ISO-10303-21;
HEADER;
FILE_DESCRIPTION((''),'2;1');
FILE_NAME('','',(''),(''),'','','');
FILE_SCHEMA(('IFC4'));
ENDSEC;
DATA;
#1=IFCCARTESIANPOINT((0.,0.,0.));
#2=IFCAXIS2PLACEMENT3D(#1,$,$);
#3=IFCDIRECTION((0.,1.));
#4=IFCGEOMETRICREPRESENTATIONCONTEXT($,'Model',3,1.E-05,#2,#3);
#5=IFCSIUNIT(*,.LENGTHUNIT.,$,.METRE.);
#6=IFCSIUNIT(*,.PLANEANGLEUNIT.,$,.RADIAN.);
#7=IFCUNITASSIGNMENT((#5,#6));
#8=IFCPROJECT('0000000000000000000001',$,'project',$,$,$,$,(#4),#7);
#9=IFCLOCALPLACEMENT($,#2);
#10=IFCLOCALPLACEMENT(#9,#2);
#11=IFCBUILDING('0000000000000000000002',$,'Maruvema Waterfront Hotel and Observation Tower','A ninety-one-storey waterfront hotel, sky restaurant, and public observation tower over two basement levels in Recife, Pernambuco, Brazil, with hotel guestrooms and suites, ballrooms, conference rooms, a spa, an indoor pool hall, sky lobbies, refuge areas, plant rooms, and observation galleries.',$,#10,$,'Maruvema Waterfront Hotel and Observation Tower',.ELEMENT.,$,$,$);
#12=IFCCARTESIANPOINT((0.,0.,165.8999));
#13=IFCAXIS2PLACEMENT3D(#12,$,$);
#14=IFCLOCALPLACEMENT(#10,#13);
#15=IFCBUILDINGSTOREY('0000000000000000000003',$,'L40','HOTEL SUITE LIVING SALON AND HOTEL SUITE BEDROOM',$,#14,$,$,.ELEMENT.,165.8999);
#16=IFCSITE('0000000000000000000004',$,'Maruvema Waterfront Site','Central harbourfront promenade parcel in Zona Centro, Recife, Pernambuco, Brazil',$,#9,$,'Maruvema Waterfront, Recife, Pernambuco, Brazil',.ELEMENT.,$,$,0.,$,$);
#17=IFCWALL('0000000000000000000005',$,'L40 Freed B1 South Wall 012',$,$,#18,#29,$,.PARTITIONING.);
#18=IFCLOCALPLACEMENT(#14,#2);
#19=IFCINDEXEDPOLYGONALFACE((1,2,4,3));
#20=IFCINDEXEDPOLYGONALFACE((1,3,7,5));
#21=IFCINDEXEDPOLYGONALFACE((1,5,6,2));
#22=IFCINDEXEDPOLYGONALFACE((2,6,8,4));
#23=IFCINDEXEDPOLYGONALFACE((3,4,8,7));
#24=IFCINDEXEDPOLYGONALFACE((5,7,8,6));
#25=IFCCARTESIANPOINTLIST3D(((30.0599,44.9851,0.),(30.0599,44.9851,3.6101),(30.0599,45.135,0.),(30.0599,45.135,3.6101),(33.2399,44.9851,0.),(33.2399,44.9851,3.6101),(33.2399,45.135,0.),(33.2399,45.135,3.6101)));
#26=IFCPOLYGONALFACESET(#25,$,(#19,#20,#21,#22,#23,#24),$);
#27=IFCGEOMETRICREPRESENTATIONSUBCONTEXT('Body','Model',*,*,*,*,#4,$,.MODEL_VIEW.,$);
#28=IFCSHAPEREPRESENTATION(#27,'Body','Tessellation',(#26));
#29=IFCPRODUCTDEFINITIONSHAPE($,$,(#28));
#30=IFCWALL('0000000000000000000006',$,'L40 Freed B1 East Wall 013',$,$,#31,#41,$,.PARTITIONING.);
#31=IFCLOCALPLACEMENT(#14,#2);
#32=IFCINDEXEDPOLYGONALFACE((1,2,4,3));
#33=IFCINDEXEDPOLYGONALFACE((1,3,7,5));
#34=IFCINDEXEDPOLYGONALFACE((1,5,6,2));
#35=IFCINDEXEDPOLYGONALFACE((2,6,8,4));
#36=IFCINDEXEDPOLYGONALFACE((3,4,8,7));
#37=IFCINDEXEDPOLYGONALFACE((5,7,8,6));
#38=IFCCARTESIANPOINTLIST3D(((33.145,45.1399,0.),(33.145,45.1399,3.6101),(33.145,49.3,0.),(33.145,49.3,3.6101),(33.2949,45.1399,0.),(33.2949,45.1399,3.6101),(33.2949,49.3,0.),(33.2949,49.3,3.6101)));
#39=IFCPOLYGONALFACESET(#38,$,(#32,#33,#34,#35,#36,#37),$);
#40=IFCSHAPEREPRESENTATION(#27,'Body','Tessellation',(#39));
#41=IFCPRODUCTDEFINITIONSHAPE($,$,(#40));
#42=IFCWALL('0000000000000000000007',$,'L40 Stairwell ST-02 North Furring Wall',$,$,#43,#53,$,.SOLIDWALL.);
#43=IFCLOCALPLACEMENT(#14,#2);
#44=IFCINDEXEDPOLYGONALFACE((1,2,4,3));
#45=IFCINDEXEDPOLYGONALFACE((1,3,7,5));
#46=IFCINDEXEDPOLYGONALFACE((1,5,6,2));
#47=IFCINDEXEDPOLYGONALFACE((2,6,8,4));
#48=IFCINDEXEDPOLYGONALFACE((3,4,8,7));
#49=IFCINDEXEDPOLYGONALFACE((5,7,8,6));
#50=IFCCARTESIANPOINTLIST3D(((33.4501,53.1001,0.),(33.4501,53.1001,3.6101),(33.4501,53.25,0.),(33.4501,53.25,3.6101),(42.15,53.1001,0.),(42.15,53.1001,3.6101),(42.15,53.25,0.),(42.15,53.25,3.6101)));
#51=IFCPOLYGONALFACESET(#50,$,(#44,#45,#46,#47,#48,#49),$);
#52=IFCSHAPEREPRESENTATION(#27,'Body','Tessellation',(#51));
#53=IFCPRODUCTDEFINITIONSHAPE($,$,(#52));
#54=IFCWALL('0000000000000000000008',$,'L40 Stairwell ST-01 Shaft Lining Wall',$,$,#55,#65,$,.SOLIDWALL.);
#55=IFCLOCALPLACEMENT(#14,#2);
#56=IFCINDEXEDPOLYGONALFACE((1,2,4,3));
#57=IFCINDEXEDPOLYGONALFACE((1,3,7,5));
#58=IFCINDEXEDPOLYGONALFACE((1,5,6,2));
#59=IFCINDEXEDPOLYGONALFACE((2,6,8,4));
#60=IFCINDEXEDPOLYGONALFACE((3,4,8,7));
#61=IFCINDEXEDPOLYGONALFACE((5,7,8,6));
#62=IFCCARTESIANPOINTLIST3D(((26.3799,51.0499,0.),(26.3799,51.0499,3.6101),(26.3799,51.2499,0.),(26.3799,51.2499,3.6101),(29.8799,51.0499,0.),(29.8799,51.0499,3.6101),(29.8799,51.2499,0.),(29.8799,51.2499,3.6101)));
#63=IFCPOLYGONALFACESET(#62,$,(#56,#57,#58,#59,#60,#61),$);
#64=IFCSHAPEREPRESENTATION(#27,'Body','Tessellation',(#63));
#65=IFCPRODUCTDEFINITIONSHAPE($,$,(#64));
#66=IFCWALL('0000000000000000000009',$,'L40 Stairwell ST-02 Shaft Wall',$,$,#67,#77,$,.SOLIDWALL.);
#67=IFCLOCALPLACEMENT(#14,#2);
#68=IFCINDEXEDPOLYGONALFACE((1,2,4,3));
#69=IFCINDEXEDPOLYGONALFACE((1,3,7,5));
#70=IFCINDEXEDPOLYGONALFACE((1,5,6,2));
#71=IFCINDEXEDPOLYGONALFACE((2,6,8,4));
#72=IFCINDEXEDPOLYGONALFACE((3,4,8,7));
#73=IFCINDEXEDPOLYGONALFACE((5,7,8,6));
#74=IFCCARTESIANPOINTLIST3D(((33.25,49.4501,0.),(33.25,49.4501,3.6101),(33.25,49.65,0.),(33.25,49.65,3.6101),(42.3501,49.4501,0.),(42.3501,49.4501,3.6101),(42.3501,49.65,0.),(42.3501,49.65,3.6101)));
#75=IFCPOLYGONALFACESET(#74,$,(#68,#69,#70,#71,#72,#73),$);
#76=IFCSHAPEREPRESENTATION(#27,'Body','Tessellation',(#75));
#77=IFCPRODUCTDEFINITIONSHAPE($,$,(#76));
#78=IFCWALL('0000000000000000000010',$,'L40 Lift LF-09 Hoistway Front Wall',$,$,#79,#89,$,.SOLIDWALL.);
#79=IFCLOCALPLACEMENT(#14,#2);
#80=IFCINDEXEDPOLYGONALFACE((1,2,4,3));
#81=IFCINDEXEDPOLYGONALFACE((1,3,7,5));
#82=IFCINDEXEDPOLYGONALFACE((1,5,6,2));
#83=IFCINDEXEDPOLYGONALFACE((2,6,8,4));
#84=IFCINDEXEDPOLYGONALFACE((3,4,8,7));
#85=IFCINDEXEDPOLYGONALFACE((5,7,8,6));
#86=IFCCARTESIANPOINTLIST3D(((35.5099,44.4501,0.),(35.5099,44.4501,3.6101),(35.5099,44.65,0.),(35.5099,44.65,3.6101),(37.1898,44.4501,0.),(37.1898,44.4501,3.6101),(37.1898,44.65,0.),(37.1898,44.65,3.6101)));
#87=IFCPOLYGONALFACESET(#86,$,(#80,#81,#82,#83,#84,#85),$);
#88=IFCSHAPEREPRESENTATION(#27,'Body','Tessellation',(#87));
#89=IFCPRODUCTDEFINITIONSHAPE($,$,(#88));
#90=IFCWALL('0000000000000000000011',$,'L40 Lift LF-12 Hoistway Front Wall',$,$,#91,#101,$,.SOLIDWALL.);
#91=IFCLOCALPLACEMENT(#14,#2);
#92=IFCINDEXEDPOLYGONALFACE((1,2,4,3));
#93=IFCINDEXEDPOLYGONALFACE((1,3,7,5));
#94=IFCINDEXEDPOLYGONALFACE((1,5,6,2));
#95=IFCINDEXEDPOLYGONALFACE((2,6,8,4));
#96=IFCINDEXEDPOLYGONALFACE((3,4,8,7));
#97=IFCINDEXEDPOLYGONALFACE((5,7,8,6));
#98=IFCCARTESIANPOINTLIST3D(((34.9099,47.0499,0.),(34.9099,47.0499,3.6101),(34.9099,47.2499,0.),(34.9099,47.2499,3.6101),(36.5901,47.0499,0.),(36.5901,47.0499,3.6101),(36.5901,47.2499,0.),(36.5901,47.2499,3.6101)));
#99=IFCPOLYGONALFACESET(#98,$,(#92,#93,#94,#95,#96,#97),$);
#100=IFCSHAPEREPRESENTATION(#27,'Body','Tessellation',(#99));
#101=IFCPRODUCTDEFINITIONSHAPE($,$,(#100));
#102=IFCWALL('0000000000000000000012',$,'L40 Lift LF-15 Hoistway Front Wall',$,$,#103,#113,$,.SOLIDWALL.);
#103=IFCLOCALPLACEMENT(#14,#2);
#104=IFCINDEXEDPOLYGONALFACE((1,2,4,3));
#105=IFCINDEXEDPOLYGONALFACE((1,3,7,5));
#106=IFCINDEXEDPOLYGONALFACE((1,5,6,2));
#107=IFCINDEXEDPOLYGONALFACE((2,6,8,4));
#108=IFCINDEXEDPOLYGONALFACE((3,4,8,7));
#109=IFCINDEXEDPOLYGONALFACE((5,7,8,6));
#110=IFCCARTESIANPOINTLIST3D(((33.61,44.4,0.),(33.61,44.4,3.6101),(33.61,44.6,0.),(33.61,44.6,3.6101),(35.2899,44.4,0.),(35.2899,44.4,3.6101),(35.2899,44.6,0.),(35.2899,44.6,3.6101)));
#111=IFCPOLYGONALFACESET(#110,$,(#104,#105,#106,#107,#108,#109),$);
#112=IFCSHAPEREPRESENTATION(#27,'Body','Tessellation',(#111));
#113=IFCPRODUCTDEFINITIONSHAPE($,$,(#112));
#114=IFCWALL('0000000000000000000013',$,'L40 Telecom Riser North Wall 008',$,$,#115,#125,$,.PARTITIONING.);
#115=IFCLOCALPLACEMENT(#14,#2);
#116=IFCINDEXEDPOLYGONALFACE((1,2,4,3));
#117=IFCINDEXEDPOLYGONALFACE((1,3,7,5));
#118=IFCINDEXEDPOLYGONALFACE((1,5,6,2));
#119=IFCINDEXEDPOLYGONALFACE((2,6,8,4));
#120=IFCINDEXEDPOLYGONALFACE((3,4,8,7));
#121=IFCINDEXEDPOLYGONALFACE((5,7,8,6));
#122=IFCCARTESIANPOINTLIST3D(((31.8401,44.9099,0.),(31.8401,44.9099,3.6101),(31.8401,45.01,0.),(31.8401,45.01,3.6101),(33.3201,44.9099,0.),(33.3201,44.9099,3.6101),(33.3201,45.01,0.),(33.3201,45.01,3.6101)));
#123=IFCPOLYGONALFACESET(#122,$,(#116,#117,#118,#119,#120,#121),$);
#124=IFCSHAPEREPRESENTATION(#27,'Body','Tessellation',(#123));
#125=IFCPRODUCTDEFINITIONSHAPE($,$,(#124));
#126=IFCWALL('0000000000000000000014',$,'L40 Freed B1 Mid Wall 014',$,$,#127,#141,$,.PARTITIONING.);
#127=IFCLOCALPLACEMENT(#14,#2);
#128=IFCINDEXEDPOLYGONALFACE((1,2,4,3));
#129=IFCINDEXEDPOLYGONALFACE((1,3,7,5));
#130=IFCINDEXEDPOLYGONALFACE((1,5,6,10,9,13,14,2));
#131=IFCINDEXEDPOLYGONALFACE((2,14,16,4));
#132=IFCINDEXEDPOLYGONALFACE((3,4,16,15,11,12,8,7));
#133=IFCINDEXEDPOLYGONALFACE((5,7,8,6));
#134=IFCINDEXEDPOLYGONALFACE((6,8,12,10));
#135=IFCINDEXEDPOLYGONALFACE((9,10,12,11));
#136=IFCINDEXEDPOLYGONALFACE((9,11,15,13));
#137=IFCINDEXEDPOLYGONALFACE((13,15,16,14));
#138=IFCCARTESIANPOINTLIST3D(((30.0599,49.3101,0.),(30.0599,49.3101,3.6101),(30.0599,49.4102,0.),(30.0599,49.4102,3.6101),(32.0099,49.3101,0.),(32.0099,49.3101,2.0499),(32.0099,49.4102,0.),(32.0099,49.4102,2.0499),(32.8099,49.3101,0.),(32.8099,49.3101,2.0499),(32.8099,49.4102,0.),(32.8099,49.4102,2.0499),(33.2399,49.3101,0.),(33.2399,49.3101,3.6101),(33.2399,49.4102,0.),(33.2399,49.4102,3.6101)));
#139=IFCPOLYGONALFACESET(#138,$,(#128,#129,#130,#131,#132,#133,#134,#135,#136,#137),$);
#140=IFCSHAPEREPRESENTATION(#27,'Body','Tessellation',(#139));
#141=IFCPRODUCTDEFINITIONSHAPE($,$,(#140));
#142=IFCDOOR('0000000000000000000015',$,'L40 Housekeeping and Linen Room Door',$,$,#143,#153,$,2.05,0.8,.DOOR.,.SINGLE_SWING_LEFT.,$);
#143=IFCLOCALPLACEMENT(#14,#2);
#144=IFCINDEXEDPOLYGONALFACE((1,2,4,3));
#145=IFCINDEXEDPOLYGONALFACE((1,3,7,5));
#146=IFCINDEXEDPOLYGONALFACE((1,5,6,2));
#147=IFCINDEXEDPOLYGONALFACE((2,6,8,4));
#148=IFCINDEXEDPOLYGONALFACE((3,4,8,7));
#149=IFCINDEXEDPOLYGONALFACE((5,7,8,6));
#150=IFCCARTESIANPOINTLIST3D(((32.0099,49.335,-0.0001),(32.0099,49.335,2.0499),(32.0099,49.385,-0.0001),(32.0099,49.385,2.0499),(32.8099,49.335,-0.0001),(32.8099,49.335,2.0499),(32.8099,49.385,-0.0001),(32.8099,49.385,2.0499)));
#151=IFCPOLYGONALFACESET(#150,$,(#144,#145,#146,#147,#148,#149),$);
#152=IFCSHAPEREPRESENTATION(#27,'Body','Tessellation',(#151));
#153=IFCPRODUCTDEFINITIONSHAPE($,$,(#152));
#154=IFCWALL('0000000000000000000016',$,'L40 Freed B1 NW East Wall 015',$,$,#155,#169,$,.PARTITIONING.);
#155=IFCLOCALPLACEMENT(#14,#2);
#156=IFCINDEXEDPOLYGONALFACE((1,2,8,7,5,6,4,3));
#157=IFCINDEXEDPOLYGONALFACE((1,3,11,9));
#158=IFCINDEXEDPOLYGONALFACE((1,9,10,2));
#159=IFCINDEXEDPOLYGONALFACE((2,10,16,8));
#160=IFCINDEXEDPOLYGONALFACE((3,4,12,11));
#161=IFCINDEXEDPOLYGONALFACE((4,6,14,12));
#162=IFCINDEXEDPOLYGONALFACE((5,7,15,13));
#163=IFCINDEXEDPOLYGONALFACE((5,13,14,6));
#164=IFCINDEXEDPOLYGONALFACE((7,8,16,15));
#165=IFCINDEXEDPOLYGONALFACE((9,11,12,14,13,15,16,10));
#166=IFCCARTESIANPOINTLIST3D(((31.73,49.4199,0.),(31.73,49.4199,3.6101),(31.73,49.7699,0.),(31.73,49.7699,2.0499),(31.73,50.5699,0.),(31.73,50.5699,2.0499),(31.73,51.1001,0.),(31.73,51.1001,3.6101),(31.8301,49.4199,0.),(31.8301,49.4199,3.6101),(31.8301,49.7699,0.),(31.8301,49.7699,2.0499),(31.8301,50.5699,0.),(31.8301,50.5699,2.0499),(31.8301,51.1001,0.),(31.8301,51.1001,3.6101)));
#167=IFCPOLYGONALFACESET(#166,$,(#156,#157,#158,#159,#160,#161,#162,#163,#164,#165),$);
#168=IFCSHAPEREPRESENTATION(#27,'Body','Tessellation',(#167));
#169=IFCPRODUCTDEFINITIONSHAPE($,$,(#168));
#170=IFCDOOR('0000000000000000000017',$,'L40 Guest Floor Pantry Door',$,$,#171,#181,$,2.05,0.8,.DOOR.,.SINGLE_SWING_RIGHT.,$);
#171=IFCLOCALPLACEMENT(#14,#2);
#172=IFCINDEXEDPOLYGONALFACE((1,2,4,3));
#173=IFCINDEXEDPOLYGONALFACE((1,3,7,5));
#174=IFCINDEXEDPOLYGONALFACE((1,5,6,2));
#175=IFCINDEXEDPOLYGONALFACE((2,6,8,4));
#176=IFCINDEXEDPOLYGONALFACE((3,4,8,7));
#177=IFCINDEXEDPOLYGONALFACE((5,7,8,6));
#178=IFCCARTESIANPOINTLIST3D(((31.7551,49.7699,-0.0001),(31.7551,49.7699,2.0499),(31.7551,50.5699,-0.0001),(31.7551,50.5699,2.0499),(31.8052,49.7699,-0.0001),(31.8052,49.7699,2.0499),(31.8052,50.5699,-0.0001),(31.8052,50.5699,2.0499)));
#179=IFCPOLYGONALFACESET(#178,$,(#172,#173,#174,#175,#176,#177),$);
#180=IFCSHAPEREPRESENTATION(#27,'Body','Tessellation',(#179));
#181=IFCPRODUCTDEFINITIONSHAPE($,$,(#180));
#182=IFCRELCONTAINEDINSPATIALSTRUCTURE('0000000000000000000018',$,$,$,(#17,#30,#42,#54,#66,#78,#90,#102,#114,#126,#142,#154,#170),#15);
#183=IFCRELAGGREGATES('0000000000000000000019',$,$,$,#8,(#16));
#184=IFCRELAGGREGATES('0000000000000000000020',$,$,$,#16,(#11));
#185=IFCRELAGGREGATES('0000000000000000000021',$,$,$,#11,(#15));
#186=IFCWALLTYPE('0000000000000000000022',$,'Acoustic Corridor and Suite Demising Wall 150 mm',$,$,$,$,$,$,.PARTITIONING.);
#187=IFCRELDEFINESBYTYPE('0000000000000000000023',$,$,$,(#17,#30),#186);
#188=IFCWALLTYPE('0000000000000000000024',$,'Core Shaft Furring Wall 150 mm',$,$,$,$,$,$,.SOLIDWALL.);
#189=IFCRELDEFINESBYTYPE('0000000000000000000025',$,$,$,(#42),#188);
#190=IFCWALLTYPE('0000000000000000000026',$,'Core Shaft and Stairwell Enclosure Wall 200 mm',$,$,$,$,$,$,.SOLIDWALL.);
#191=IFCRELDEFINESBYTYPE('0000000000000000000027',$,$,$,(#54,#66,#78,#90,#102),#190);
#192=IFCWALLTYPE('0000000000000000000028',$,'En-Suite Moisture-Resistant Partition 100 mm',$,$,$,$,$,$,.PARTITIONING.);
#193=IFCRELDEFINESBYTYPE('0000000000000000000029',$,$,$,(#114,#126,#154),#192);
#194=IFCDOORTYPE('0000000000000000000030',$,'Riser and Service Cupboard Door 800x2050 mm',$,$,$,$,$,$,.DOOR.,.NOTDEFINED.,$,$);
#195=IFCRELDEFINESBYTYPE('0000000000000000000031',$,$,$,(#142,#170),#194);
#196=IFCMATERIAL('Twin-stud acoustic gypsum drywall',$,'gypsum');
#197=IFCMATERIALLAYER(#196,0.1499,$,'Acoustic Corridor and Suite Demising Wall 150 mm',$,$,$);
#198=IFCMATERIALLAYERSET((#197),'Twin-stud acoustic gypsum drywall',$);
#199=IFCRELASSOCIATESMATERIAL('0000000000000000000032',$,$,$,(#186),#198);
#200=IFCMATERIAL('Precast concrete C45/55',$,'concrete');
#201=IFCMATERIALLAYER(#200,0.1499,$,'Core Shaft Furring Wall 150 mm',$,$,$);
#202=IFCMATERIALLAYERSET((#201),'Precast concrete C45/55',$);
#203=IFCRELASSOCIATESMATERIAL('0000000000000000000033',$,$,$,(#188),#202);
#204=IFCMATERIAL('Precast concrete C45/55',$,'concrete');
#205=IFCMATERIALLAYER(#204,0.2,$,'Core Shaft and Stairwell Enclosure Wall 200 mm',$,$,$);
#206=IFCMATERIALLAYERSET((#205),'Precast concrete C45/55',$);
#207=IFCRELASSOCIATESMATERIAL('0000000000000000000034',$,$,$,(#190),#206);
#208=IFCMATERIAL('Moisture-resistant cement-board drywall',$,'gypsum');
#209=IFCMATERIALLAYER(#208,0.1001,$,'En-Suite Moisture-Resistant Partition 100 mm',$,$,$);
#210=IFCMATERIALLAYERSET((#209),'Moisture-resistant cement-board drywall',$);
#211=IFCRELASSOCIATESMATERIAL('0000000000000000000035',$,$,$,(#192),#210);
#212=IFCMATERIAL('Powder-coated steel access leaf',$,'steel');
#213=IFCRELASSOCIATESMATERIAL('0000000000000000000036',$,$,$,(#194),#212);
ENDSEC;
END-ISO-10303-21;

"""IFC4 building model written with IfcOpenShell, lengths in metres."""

from ifc_helpers import new_model, si_unit, direction, frame, frame_2d, origin, place, context, subcontext, project, spatial, rectangle, extrude, material, layer, layer_set, type_object, element, fill, save


model = new_model("IFC4")

# Units and contexts
model_context = context("Model", 3, precision=1e-05, world=origin(), true_north=direction((0.0, 1.0)))
body_context = subcontext(model_context, "Body", "Model", "MODEL_VIEW")
ifc_project = project(units=[si_unit("LENGTHUNIT", "METRE"), si_unit("PLANEANGLEUNIT", "RADIAN")], contexts=[model_context])

# Site, building, storey
site_placement = place(None, origin())
site = spatial("IfcSite", under=ifc_project, at=site_placement, Name="Maruvema Waterfront Site", Description="Central harbourfront promenade parcel in Zona Centro, Recife, Pernambuco, Brazil", LongName="Maruvema Waterfront, Recife, Pernambuco, Brazil", CompositionType="ELEMENT", RefElevation=0.0)
building_placement = place(site_placement, origin())
building = spatial("IfcBuilding", under=site, at=building_placement, Name="Maruvema Waterfront Hotel and Observation Tower", Description="A ninety-one-storey waterfront hotel, sky restaurant, and public observation tower over two basement levels in Recife, Pernambuco, Brazil, with hotel guestrooms and suites, ballrooms, conference rooms, a spa, an indoor pool hall, sky lobbies, refuge areas, plant rooms, and observation galleries.", LongName="Maruvema Waterfront Hotel and Observation Tower", CompositionType="ELEMENT")
storey_placement = place(building_placement, frame((0.0, 0.0, 165.8999)))
storey = spatial("IfcBuildingStorey", under=building, at=storey_placement, Name="L40", Description="HOTEL SUITE LIVING SALON AND HOTEL SUITE BEDROOM", CompositionType="ELEMENT", Elevation=165.8999)

# Walls
ifc_material_1 = material(Name="Twin-stud acoustic gypsum drywall", Category="gypsum")
ifc_layer_1 = layer(ifc_material_1, 0.1499, Name="Acoustic Corridor and Suite Demising Wall 150 mm")
ifc_layer_set_1 = layer_set([ifc_layer_1], Name="Twin-stud acoustic gypsum drywall")
wall_type_1 = type_object("IfcWallType", Name="Acoustic Corridor and Suite Demising Wall 150 mm", PredefinedType="PARTITIONING", material=ifc_layer_set_1)
wall_1_placement = place(storey_placement, frame((30.0601, 45.0601, 0.0), z_axis=(0.0, 0.0, 1.0), x_axis=(1.0, 0.0, 0.0)))
element("IfcWall", 1, at=wall_1_placement, inside=storey, type_object=wall_type_1, Name="L40 Freed B1 South Wall 012", PredefinedType="PARTITIONING", context=body_context, shape_type="SweptSolid", body=[
    extrude(rectangle(XDim=3.1799, YDim=0.1499, at=frame_2d((1.5898, 0.0))), origin(), (0.0, 0.0, 1.0), 3.6101),
])
wall_2_placement = place(storey_placement, frame((33.22, 45.1399, 0.0), z_axis=(0.0, 0.0, 1.0), x_axis=(0.0, 1.0, 0.0)))
element("IfcWall", 2, at=wall_2_placement, inside=storey, type_object=wall_type_1, Name="L40 Freed B1 East Wall 013", PredefinedType="PARTITIONING", context=body_context, shape_type="SweptSolid", body=[
    extrude(rectangle(XDim=4.1602, YDim=0.1499, at=frame_2d((2.0801, 0.0))), origin(), (0.0, 0.0, 1.0), 3.6101),
])
ifc_material_2 = material(Name="Precast concrete C45/55", Category="concrete")
ifc_layer_2 = layer(ifc_material_2, 0.1499, Name="Core Shaft Furring Wall 150 mm")
ifc_layer_set_2 = layer_set([ifc_layer_2], Name="Precast concrete C45/55")
wall_type_2 = type_object("IfcWallType", Name="Core Shaft Furring Wall 150 mm", PredefinedType="SOLIDWALL", material=ifc_layer_set_2)
wall_3_placement = place(storey_placement, frame((33.45, 53.175, 0.0), z_axis=(0.0, 0.0, 1.0), x_axis=(1.0, 0.0, 0.0)))
element("IfcWall", 3, at=wall_3_placement, inside=storey, type_object=wall_type_2, Name="L40 Stairwell ST-02 North Furring Wall", PredefinedType="SOLIDWALL", context=body_context, shape_type="SweptSolid", body=[
    extrude(rectangle(XDim=8.7, YDim=0.1499, at=frame_2d((4.3501, 0.0))), origin(), (0.0, 0.0, 1.0), 3.6101),
])
ifc_material_3 = material(Name="Precast concrete C45/55", Category="concrete")
ifc_layer_3 = layer(ifc_material_3, 0.2, Name="Core Shaft and Stairwell Enclosure Wall 200 mm")
ifc_layer_set_3 = layer_set([ifc_layer_3], Name="Precast concrete C45/55")
wall_type_3 = type_object("IfcWallType", Name="Core Shaft and Stairwell Enclosure Wall 200 mm", PredefinedType="SOLIDWALL", material=ifc_layer_set_3)
wall_4_placement = place(storey_placement, frame((26.3799, 51.1499, 0.0), z_axis=(0.0, 0.0, 1.0), x_axis=(1.0, 0.0, 0.0)))
element("IfcWall", 4, at=wall_4_placement, inside=storey, type_object=wall_type_3, Name="L40 Stairwell ST-01 Shaft Lining Wall", PredefinedType="SOLIDWALL", context=body_context, shape_type="SweptSolid", body=[
    extrude(rectangle(XDim=3.5, YDim=0.2, at=frame_2d((1.75, 0.0))), origin(), (0.0, 0.0, 1.0), 3.6101),
])
wall_5_placement = place(storey_placement, frame((33.25, 49.55, 0.0), z_axis=(0.0, 0.0, 1.0), x_axis=(1.0, 0.0, 0.0)))
element("IfcWall", 5, at=wall_5_placement, inside=storey, type_object=wall_type_3, Name="L40 Stairwell ST-02 Shaft Wall", PredefinedType="SOLIDWALL", context=body_context, shape_type="SweptSolid", body=[
    extrude(rectangle(XDim=9.1001, YDim=0.2, at=frame_2d((4.55, 0.0))), origin(), (0.0, 0.0, 1.0), 3.6101),
])

# Walls
wall_6_placement = place(storey_placement, frame((35.51, 44.55, 0.0), z_axis=(0.0, 0.0, 1.0), x_axis=(1.0, 0.0, 0.0)))
element("IfcWall", 6, at=wall_6_placement, inside=storey, type_object=wall_type_3, Name="L40 Lift LF-09 Hoistway Front Wall", PredefinedType="SOLIDWALL", context=body_context, shape_type="SweptSolid", body=[
    extrude(rectangle(XDim=1.6799, YDim=0.2, at=frame_2d((0.8398, 0.0))), origin(), (0.0, 0.0, 1.0), 3.6101),
])
wall_7_placement = place(storey_placement, frame((34.9099, 47.1499, 0.0), z_axis=(0.0, 0.0, 1.0), x_axis=(1.0, 0.0, 0.0)))
element("IfcWall", 7, at=wall_7_placement, inside=storey, type_object=wall_type_3, Name="L40 Lift LF-12 Hoistway Front Wall", PredefinedType="SOLIDWALL", context=body_context, shape_type="SweptSolid", body=[
    extrude(rectangle(XDim=1.6802, YDim=0.2, at=frame_2d((0.8401, 0.0))), origin(), (0.0, 0.0, 1.0), 3.6101),
])
wall_8_placement = place(storey_placement, frame((33.6101, 44.5, 0.0), z_axis=(0.0, 0.0, 1.0), x_axis=(1.0, 0.0, 0.0)))
element("IfcWall", 8, at=wall_8_placement, inside=storey, type_object=wall_type_3, Name="L40 Lift LF-15 Hoistway Front Wall", PredefinedType="SOLIDWALL", context=body_context, shape_type="SweptSolid", body=[
    extrude(rectangle(XDim=1.6799, YDim=0.2, at=frame_2d((0.8398, 0.0))), origin(), (0.0, 0.0, 1.0), 3.6101),
])
ifc_material_4 = material(Name="Moisture-resistant cement-board drywall", Category="gypsum")
ifc_layer_4 = layer(ifc_material_4, 0.1001, Name="En-Suite Moisture-Resistant Partition 100 mm")
ifc_layer_set_4 = layer_set([ifc_layer_4], Name="Moisture-resistant cement-board drywall")
wall_type_4 = type_object("IfcWallType", Name="En-Suite Moisture-Resistant Partition 100 mm", PredefinedType="PARTITIONING", material=ifc_layer_set_4)
wall_9_placement = place(storey_placement, frame((31.8401, 44.96, 0.0), z_axis=(0.0, 0.0, 1.0), x_axis=(1.0, 0.0, 0.0)))
element("IfcWall", 9, at=wall_9_placement, inside=storey, type_object=wall_type_4, Name="L40 Telecom Riser North Wall 008", PredefinedType="PARTITIONING", context=body_context, shape_type="SweptSolid", body=[
    extrude(rectangle(XDim=1.48, YDim=0.1001, at=frame_2d((0.74, 0.0))), origin(), (0.0, 0.0, 1.0), 3.6101),
])

# Walls, openings, doors
wall_10_placement = place(storey_placement, frame((30.0601, 49.3601, 0.0), z_axis=(0.0, 0.0, 1.0), x_axis=(1.0, 0.0, 0.0)))
wall_10 = element("IfcWall", 10, at=wall_10_placement, inside=storey, type_object=wall_type_4, Name="L40 Freed B1 Mid Wall 014", PredefinedType="PARTITIONING", context=body_context, shape_type="SweptSolid", body=[
    extrude(rectangle(XDim=3.1799, YDim=0.1001, at=frame_2d((1.5898, 0.0))), origin(), (0.0, 0.0, 1.0), 3.6101),
])
opening_1_placement = place(wall_10_placement, frame((1.95, 0.0, 0.0)))
opening_1 = element("IfcOpeningElement", 11, at=opening_1_placement, cuts=wall_10, PredefinedType="OPENING", context=body_context, shape_type="SweptSolid", body=[
    extrude(rectangle(XDim=0.8, YDim=2.05, at=frame_2d((0.3999, 1.0249))), frame((0.0, 0.0601, 0.0), z_axis=(0.0, -1.0, 0.0), x_axis=(1.0, 0.0, 0.0)), (0.0, 0.0, 1.0), 0.1201),
])
ifc_material_5 = material(Name="Powder-coated steel access leaf", Category="steel")
door_type_1 = type_object("IfcDoorType", Name="Riser and Service Cupboard Door 800x2050 mm", OperationType="NOTDEFINED", PredefinedType="DOOR", material=ifc_material_5)
door_1_placement = place(opening_1_placement, origin())
door_1 = element("IfcDoor", 12, at=door_1_placement, inside=storey, type_object=door_type_1, Name="L40 Housekeeping and Linen Room Door", OperationType="SINGLE_SWING_LEFT", OverallHeight=2.05, OverallWidth=0.8, PredefinedType="DOOR", context=body_context, shape_type="SweptSolid", body=[
    extrude(rectangle(XDim=0.8, YDim=2.05, at=frame_2d((0.3999, 1.0249))), frame((0.0, 0.0249, 0.0), z_axis=(0.0, -1.0, 0.0), x_axis=(1.0, 0.0, 0.0)), (0.0, 0.0, 1.0), 0.05),
])
fill(opening_1, door_1)
wall_11_placement = place(storey_placement, frame((31.78, 49.4199, 0.0), z_axis=(0.0, 0.0, 1.0), x_axis=(0.0, 1.0, 0.0)))
wall_11 = element("IfcWall", 13, at=wall_11_placement, inside=storey, type_object=wall_type_4, Name="L40 Freed B1 NW East Wall 015", PredefinedType="PARTITIONING", context=body_context, shape_type="SweptSolid", body=[
    extrude(rectangle(XDim=1.6802, YDim=0.1001, at=frame_2d((0.8401, 0.0))), origin(), (0.0, 0.0, 1.0), 3.6101),
])
opening_2_placement = place(wall_11_placement, frame((0.3501, 0.0, 0.0)))
opening_2 = element("IfcOpeningElement", 14, at=opening_2_placement, cuts=wall_11, PredefinedType="OPENING", context=body_context, shape_type="SweptSolid", body=[
    extrude(rectangle(XDim=0.8, YDim=2.05, at=frame_2d((0.3999, 1.0249))), frame((0.0, 0.0601, 0.0), z_axis=(0.0, -1.0, 0.0), x_axis=(1.0, 0.0, 0.0)), (0.0, 0.0, 1.0), 0.1201),
])
door_2_placement = place(opening_2_placement, origin())
door_2 = element("IfcDoor", 15, at=door_2_placement, inside=storey, type_object=door_type_1, Name="L40 Guest Floor Pantry Door", OperationType="SINGLE_SWING_RIGHT", OverallHeight=2.05, OverallWidth=0.8, PredefinedType="DOOR", context=body_context, shape_type="SweptSolid", body=[
    extrude(rectangle(XDim=0.8, YDim=2.05, at=frame_2d((0.3999, 1.0249))), frame((0.0, 0.0249, 0.0), z_axis=(0.0, -1.0, 0.0), x_axis=(1.0, 0.0, 0.0)), (0.0, 0.0, 1.0), 0.05),
])
fill(opening_2, door_2)

save(model, "model.ifc")
